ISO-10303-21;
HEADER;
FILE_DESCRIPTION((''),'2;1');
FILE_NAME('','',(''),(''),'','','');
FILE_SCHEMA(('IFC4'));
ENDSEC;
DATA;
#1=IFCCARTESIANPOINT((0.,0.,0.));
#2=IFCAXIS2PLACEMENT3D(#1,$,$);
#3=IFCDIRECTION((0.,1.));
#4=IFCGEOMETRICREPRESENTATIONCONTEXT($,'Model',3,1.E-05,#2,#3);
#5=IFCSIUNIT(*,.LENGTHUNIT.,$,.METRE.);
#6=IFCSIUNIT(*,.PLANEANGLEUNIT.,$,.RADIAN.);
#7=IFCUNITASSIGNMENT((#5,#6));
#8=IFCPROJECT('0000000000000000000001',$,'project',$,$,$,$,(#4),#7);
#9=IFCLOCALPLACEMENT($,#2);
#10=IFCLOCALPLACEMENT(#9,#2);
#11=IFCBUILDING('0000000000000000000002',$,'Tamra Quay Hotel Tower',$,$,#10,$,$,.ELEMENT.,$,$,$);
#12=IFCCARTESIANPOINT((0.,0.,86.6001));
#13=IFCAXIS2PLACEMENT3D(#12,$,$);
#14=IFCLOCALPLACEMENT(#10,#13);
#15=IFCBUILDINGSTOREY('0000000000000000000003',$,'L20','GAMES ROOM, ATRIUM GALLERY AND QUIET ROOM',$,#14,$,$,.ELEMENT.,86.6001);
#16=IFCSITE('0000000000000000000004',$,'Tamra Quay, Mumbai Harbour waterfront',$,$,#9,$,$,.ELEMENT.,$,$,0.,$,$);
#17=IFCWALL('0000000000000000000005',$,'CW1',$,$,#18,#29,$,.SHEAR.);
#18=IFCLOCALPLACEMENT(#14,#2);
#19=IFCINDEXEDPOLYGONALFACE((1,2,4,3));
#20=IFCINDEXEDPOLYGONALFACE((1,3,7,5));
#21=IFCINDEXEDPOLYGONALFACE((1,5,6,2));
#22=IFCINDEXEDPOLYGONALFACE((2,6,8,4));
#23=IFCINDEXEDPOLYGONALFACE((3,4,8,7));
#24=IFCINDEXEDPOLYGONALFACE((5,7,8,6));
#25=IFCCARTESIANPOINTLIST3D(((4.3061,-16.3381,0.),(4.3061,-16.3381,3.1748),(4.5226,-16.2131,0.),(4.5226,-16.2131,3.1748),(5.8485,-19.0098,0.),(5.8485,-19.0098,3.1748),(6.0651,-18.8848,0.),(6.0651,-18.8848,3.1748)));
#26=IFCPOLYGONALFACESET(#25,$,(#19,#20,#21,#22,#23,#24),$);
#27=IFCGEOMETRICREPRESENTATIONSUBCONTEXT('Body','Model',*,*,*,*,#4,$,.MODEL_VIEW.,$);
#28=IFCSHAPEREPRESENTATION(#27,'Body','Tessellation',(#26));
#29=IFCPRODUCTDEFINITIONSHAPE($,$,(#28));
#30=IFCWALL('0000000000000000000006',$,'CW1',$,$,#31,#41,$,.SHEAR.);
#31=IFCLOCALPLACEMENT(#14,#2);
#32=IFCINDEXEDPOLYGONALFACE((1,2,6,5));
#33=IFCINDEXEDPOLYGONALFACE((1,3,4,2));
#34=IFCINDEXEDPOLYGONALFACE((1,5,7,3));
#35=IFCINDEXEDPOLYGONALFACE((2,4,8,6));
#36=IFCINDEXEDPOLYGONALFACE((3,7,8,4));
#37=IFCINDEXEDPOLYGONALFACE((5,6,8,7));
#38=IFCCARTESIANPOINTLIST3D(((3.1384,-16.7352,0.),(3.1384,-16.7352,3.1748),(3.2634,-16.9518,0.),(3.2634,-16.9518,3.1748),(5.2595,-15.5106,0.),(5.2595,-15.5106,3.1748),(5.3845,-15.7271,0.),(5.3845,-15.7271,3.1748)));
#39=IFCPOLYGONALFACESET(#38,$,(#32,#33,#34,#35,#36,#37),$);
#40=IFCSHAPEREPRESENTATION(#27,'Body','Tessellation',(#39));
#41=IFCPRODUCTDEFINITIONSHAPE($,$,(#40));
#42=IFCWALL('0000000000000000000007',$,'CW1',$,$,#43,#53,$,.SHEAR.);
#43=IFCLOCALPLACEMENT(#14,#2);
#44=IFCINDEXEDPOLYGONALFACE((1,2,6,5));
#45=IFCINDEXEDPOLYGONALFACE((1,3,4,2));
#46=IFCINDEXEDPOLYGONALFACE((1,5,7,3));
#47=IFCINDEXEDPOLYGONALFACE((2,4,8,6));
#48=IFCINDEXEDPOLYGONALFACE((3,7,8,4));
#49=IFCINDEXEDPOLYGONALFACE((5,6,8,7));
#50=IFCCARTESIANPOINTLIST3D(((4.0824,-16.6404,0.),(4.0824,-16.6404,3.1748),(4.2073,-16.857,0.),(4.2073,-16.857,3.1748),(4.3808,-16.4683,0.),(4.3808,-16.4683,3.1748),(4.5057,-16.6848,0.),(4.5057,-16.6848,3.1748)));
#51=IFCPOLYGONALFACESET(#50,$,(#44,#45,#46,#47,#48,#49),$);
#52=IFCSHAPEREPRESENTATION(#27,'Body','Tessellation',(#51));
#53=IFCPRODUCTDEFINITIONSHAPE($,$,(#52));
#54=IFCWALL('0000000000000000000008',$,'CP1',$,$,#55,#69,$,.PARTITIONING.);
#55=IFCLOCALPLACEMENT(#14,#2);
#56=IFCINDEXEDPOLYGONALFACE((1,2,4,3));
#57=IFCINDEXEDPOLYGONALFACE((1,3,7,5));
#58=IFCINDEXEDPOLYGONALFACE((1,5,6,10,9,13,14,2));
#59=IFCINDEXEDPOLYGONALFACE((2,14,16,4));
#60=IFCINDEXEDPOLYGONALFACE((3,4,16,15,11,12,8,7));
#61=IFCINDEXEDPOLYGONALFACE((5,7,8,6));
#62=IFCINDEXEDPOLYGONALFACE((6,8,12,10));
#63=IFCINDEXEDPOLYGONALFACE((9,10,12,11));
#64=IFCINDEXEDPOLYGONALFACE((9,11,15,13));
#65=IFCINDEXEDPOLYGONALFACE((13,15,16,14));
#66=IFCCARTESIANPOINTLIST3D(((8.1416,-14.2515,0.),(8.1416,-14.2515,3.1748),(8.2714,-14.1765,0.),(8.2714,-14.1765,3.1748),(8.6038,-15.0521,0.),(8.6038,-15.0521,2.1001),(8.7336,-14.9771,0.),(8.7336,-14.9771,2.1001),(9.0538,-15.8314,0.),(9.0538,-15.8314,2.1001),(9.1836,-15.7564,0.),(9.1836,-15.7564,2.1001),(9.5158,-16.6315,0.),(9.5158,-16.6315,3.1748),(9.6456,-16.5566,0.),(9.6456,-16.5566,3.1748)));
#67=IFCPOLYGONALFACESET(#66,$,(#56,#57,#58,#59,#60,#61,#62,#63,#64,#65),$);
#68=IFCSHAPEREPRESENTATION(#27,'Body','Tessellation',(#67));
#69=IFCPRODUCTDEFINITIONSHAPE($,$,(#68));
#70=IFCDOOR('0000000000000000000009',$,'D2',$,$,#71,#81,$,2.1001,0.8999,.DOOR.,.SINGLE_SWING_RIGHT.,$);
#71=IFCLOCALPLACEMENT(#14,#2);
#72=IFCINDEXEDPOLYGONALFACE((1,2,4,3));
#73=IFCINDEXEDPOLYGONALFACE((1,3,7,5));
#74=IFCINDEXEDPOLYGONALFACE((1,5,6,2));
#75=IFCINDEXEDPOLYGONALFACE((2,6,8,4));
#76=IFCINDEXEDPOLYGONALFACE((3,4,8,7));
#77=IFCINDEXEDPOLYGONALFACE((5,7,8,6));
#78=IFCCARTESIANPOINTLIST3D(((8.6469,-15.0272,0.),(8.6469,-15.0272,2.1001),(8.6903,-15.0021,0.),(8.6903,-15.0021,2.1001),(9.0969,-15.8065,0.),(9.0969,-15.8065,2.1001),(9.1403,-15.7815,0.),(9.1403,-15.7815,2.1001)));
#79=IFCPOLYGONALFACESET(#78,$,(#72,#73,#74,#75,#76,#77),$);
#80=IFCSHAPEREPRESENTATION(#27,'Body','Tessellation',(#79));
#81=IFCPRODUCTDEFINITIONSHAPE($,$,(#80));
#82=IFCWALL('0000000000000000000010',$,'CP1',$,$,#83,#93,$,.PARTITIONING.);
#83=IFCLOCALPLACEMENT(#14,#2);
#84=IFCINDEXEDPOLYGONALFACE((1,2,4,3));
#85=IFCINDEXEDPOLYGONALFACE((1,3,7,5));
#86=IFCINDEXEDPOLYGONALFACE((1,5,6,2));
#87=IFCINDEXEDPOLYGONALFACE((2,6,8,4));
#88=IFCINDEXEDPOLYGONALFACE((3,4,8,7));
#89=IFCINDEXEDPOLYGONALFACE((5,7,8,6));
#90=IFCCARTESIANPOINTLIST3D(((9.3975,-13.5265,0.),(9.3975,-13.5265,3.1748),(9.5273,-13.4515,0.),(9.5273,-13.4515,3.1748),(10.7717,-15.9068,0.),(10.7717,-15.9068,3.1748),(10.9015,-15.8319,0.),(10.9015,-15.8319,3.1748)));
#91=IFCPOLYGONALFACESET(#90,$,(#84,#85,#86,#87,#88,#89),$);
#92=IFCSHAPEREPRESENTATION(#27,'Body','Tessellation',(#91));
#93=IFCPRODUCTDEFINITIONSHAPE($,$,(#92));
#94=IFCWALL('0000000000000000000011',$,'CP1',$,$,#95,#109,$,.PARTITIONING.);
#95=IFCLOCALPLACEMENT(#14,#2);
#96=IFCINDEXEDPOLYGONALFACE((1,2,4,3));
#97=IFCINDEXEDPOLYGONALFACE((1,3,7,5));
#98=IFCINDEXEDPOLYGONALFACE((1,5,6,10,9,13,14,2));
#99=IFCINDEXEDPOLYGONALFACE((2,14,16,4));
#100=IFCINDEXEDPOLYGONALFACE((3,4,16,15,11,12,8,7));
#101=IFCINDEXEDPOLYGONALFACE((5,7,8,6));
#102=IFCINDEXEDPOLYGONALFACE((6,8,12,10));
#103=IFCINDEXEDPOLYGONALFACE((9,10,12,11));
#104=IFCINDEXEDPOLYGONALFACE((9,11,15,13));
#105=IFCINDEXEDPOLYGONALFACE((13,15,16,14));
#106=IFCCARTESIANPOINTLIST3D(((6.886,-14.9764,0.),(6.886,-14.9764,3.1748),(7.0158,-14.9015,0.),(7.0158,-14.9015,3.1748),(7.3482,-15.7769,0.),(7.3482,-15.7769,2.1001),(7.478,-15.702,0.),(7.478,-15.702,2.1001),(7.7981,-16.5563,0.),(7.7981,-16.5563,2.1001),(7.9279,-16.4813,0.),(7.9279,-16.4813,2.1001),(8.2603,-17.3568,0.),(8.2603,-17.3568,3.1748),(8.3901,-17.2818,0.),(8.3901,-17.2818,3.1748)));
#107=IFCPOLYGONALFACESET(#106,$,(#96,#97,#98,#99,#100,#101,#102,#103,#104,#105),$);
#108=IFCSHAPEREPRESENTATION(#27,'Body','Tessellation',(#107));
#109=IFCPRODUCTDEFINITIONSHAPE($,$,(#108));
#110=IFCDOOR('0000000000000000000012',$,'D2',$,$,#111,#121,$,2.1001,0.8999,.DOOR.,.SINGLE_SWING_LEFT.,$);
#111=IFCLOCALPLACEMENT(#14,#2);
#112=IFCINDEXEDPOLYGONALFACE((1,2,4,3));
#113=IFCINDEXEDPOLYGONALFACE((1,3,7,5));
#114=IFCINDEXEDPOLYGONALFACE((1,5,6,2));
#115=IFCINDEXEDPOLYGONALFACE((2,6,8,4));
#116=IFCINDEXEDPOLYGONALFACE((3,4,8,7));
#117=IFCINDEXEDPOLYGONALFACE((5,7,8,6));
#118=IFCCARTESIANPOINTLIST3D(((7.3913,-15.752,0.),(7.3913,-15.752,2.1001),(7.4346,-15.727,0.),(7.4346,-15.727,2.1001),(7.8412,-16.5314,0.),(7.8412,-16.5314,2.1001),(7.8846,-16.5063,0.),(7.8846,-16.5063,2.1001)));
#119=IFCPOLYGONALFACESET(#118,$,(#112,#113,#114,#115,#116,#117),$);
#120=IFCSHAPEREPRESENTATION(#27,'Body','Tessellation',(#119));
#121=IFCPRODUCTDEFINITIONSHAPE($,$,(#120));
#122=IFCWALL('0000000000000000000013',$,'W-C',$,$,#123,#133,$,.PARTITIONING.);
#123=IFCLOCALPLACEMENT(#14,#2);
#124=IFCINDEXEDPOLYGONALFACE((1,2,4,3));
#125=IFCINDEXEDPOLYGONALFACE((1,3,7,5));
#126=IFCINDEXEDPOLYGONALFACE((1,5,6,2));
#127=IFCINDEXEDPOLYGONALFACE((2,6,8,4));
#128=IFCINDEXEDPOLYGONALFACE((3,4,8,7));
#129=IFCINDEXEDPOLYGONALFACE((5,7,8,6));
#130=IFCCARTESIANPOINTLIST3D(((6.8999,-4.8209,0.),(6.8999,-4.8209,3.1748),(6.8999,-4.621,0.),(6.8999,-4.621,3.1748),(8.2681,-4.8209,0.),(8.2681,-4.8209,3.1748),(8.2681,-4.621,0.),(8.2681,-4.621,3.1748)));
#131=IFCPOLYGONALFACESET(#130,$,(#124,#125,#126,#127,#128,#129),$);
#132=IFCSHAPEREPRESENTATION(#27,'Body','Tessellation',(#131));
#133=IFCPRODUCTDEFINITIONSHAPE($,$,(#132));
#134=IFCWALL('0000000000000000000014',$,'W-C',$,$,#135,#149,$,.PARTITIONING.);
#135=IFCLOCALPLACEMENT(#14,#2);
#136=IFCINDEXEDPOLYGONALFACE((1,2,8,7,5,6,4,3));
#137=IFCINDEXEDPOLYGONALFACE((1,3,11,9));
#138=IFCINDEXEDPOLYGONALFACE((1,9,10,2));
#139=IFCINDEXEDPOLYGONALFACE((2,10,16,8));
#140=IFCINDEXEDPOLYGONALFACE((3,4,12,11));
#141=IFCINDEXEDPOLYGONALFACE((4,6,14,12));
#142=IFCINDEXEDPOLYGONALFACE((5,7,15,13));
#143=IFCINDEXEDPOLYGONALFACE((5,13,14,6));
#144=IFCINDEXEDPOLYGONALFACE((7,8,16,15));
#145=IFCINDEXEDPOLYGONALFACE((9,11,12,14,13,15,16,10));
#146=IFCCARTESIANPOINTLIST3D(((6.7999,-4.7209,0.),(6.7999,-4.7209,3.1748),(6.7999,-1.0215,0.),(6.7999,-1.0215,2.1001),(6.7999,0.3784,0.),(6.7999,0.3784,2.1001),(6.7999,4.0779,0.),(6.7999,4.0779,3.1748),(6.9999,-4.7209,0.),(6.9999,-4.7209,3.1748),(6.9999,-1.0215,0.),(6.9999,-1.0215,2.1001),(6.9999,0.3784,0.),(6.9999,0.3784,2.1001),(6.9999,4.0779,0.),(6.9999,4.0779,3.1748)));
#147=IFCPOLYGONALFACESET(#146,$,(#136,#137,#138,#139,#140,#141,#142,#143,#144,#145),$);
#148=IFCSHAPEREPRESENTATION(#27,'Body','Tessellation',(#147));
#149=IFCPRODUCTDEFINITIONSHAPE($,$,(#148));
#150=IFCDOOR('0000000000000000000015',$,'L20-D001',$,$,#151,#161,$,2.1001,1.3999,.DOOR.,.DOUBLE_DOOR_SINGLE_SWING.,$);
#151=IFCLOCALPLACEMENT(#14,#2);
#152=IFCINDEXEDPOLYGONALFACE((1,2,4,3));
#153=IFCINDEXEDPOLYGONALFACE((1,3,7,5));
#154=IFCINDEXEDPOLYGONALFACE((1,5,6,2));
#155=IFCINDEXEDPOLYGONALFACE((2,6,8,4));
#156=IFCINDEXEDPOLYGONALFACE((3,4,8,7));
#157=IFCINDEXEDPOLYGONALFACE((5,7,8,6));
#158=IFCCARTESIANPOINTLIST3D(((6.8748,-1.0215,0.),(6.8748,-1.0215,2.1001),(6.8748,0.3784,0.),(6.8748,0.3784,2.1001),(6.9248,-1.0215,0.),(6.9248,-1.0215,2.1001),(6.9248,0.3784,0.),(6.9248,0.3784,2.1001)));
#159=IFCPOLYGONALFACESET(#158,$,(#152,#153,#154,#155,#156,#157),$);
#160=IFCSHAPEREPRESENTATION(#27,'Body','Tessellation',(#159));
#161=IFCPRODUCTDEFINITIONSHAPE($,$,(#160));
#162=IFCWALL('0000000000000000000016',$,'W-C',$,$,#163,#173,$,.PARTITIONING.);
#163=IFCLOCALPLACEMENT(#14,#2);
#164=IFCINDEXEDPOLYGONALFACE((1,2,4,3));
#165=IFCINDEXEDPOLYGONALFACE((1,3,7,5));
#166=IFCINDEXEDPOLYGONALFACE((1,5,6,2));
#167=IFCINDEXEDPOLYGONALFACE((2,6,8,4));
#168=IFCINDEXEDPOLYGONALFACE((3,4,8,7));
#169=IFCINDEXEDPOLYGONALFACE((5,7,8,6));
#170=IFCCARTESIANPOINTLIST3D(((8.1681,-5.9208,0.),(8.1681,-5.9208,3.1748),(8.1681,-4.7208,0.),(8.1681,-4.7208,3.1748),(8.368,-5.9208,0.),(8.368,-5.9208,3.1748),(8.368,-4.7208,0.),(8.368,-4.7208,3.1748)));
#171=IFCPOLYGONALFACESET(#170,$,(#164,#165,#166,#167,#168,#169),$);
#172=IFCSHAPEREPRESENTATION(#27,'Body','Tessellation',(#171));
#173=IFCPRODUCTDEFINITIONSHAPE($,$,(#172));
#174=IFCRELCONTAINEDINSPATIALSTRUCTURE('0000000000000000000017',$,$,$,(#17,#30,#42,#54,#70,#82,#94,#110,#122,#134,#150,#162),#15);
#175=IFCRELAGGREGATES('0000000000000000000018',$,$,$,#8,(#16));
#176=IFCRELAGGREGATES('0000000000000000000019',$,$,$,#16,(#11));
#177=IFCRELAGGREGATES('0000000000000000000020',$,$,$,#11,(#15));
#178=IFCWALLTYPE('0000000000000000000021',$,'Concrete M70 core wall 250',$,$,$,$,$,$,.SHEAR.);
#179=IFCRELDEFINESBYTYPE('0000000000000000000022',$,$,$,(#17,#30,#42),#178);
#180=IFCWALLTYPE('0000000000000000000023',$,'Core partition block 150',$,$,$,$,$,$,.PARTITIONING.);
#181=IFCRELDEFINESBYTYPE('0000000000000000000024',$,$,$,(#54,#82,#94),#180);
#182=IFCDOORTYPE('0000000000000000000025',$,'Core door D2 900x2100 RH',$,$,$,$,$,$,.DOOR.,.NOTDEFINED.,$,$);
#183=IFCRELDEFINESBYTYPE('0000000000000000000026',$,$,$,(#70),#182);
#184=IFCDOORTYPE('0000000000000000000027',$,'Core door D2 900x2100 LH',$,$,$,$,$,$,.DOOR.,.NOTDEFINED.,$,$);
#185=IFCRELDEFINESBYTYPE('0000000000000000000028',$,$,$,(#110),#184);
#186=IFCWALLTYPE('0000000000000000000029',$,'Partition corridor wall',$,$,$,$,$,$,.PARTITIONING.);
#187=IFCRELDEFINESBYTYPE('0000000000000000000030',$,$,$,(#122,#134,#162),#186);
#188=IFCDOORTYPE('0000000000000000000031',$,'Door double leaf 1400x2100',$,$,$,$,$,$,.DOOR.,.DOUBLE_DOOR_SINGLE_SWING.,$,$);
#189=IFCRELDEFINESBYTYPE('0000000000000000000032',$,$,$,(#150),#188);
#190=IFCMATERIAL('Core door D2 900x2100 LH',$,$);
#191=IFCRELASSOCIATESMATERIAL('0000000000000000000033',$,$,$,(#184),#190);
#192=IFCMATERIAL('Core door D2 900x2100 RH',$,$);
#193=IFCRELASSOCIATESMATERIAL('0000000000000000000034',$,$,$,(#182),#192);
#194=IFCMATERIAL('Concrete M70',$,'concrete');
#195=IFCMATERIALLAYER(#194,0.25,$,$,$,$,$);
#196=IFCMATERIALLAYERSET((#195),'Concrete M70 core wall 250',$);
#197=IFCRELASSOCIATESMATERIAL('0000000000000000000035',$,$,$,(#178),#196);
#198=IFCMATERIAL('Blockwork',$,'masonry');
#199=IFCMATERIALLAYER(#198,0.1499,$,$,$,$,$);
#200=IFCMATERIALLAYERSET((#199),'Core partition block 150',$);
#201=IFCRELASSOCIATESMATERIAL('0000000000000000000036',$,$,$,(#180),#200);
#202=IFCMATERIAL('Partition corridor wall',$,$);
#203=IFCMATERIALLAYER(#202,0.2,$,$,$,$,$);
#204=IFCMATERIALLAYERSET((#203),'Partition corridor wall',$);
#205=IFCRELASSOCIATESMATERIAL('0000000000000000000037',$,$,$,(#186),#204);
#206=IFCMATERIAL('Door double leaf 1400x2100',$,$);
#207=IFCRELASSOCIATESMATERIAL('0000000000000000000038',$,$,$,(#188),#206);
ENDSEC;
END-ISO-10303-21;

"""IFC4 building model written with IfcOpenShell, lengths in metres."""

from ifc_helpers import new_model, si_unit, direction, frame, frame_2d, origin, place, context, subcontext, project, spatial, rectangle, extrude, material, layer, layer_set, type_object, element, fill, save


model = new_model("IFC4")

# Units and contexts
model_context = context("Model", 3, precision=1e-05, world=origin(), true_north=direction((0.0, 1.0)))
body_context = subcontext(model_context, "Body", "Model", "MODEL_VIEW")
ifc_project = project(units=[si_unit("LENGTHUNIT", "METRE"), si_unit("PLANEANGLEUNIT", "RADIAN")], contexts=[model_context])

# Site, building, storey
site_placement = place(None, origin())
site = spatial("IfcSite", under=ifc_project, at=site_placement, Name="Tamra Quay, Mumbai Harbour waterfront", CompositionType="ELEMENT", RefElevation=0.0)
building_placement = place(site_placement, origin())
building = spatial("IfcBuilding", under=site, at=building_placement, Name="Tamra Quay Hotel Tower", CompositionType="ELEMENT")
storey_placement = place(building_placement, frame((0.0, 0.0, 86.6001)))
storey = spatial("IfcBuildingStorey", under=building, at=storey_placement, Name="L20", Description="GAMES ROOM, ATRIUM GALLERY AND QUIET ROOM", CompositionType="ELEMENT", Elevation=86.6001)

# Shared definitions
ifc_material_1 = material(Name="Concrete M70", Category="concrete")

# Shared definitions
ifc_material_2 = material(Name="Core door D2 900x2100 LH")
door_type_1 = type_object("IfcDoorType", Name="Core door D2 900x2100 LH", OperationType="NOTDEFINED", PredefinedType="DOOR", material=ifc_material_2)
ifc_material_3 = material(Name="Core door D2 900x2100 RH")
door_type_2 = type_object("IfcDoorType", Name="Core door D2 900x2100 RH", OperationType="NOTDEFINED", PredefinedType="DOOR", material=ifc_material_3)

# Walls
ifc_layer_1 = layer(ifc_material_1, 0.25)
ifc_layer_set_1 = layer_set([ifc_layer_1], Name="Concrete M70 core wall 250")
wall_type_1 = type_object("IfcWallType", Name="Concrete M70 core wall 250", PredefinedType="SHEAR", material=ifc_layer_set_1)
wall_1_placement = place(storey_placement, frame((4.4143, -16.2756, 0.0), z_axis=(0.0, 0.0, 1.0), x_axis=(0.500003, -0.866023, 0.0)))
element("IfcWall", 1, at=wall_1_placement, inside=storey, type_object=wall_type_1, Name="CW1", PredefinedType="SHEAR", context=body_context, shape_type="SweptSolid", body=[
    extrude(rectangle(XDim=3.085, YDim=0.25, at=frame_2d((1.5425, 0.0))), origin(), (0.0, 0.0, 1.0), 3.1748),
])
wall_2_placement = place(storey_placement, frame((5.322, -15.6189, 0.0), z_axis=(0.0, 0.0, 1.0), x_axis=(-0.866026, -0.499999, 0.0)))
element("IfcWall", 2, at=wall_2_placement, inside=storey, type_object=wall_type_1, Name="CW1", PredefinedType="SHEAR", context=body_context, shape_type="SweptSolid", body=[
    extrude(rectangle(XDim=2.4492, YDim=0.25, at=frame_2d((1.2246, 0.0))), origin(), (0.0, 0.0, 1.0), 3.1748),
])
wall_3_placement = place(storey_placement, frame((4.1448, -16.7488, 0.0), z_axis=(0.0, 0.0, 1.0), x_axis=(0.866186, 0.499722, 0.0)))
element("IfcWall", 3, at=wall_3_placement, inside=storey, type_object=wall_type_1, Name="CW1", PredefinedType="SHEAR", context=body_context, shape_type="SweptSolid", body=[
    extrude(rectangle(XDim=0.3445, YDim=0.25, at=frame_2d((0.1724, 0.0))), origin(), (0.0, 0.0, 1.0), 3.1748),
])

# Wall, opening, door
ifc_material_4 = material(Name="Blockwork", Category="masonry")
ifc_layer_2 = layer(ifc_material_4, 0.1499)
ifc_layer_set_2 = layer_set([ifc_layer_2], Name="Core partition block 150")
wall_type_2 = type_object("IfcWallType", Name="Core partition block 150", PredefinedType="PARTITIONING", material=ifc_layer_set_2)
wall_4_placement = place(storey_placement, frame((8.2065, -14.2141, 0.0), z_axis=(0.0, 0.0, 1.0), x_axis=(0.500027, -0.86601, 0.0)))
wall_4 = element("IfcWall", 4, at=wall_4_placement, inside=storey, type_object=wall_type_2, Name="CP1", PredefinedType="PARTITIONING", context=body_context, shape_type="SweptSolid", body=[
    extrude(rectangle(XDim=2.7483, YDim=0.1499, at=frame_2d((1.374, 0.0))), origin(), (0.0, 0.0, 1.0), 3.1748),
])
opening_1_placement = place(wall_4_placement, frame((0.9243, 0.0, 0.0)))
opening_1 = element("IfcOpeningElement", 5, at=opening_1_placement, cuts=wall_4, PredefinedType="OPENING", context=body_context, shape_type="SweptSolid", body=[
    extrude(rectangle(XDim=0.8999, YDim=2.1001, at=frame_2d((0.45, 1.05))), frame((0.0, 0.085, 0.0), z_axis=(0.0, -1.0, 0.0), x_axis=(1.0, 0.0, 0.0)), (0.0, 0.0, 1.0), 0.1699),
])
door_1_placement = place(opening_1_placement, origin())
door_1 = element("IfcDoor", 6, at=door_1_placement, inside=storey, type_object=door_type_2, Name="D2", OperationType="SINGLE_SWING_RIGHT", OverallHeight=2.1001, OverallWidth=0.8999, PredefinedType="DOOR", context=body_context, shape_type="SweptSolid", body=[
    extrude(rectangle(XDim=0.8999, YDim=2.1001, at=frame_2d((0.45, 1.05))), frame((0.0, 0.0249, 0.0), z_axis=(0.0, -1.0, 0.0), x_axis=(1.0, 0.0, 0.0)), (0.0, 0.0, 1.0), 0.05),
])
fill(opening_1, door_1)

# Wall
wall_5_placement = place(storey_placement, frame((9.4624, -13.489, 0.0), z_axis=(0.0, 0.0, 1.0), x_axis=(0.499989, -0.866032, 0.0)))
element("IfcWall", 7, at=wall_5_placement, inside=storey, type_object=wall_type_2, Name="CP1", PredefinedType="PARTITIONING", context=body_context, shape_type="SweptSolid", body=[
    extrude(rectangle(XDim=2.7485, YDim=0.1499, at=frame_2d((1.3743, 0.0))), origin(), (0.0, 0.0, 1.0), 3.1748),
])

# Wall, opening, door
wall_6_placement = place(storey_placement, frame((6.9509, -14.939, 0.0), z_axis=(0.0, 0.0, 1.0), x_axis=(0.499989, -0.866032, 0.0)))
wall_6 = element("IfcWall", 8, at=wall_6_placement, inside=storey, type_object=wall_type_2, Name="CP1", PredefinedType="PARTITIONING", context=body_context, shape_type="SweptSolid", body=[
    extrude(rectangle(XDim=2.7485, YDim=0.1499, at=frame_2d((1.3743, 0.0))), origin(), (0.0, 0.0, 1.0), 3.1748),
])
opening_2_placement = place(wall_6_placement, frame((0.9243, 0.0, 0.0)))
opening_2 = element("IfcOpeningElement", 9, at=opening_2_placement, cuts=wall_6, PredefinedType="OPENING", context=body_context, shape_type="SweptSolid", body=[
    extrude(rectangle(XDim=0.8999, YDim=2.1001, at=frame_2d((0.45, 1.05))), frame((0.0, 0.085, 0.0), z_axis=(0.0, -1.0, 0.0), x_axis=(1.0, 0.0, 0.0)), (0.0, 0.0, 1.0), 0.1699),
])
door_2_placement = place(opening_2_placement, origin())
door_2 = element("IfcDoor", 10, at=door_2_placement, inside=storey, type_object=door_type_1, Name="D2", OperationType="SINGLE_SWING_LEFT", OverallHeight=2.1001, OverallWidth=0.8999, PredefinedType="DOOR", context=body_context, shape_type="SweptSolid", body=[
    extrude(rectangle(XDim=0.8999, YDim=2.1001, at=frame_2d((0.45, 1.05))), frame((0.0, 0.0249, 0.0), z_axis=(0.0, -1.0, 0.0), x_axis=(1.0, 0.0, 0.0)), (0.0, 0.0, 1.0), 0.05),
])
fill(opening_2, door_2)

# Wall
ifc_material_5 = material(Name="Partition corridor wall")
ifc_layer_3 = layer(ifc_material_5, 0.2)
ifc_layer_set_3 = layer_set([ifc_layer_3], Name="Partition corridor wall")
wall_type_3 = type_object("IfcWallType", Name="Partition corridor wall", PredefinedType="PARTITIONING", material=ifc_layer_set_3)
wall_7_placement = place(storey_placement, frame((6.8999, -4.7209, 0.0), z_axis=(0.0, 0.0, 1.0), x_axis=(1.0, 0.0, 0.0)))
element("IfcWall", 11, at=wall_7_placement, inside=storey, type_object=wall_type_3, Name="W-C", PredefinedType="PARTITIONING", context=body_context, shape_type="SweptSolid", body=[
    extrude(rectangle(XDim=1.3682, YDim=0.2, at=frame_2d((0.6841, 0.0))), origin(), (0.0, 0.0, 1.0), 3.1748),
])

# Wall, opening, door
wall_8_placement = place(storey_placement, frame((6.8999, -4.7209, 0.0), z_axis=(0.0, 0.0, 1.0), x_axis=(0.0, 1.0, 0.0)))
wall_8 = element("IfcWall", 12, at=wall_8_placement, inside=storey, type_object=wall_type_3, Name="W-C", PredefinedType="PARTITIONING", context=body_context, shape_type="SweptSolid", body=[
    extrude(rectangle(XDim=8.7988, YDim=0.2, at=frame_2d((4.3994, 0.0))), origin(), (0.0, 0.0, 1.0), 3.1748),
])
opening_3_placement = place(wall_8_placement, frame((3.6995, 0.0, 0.0)))
opening_3 = element("IfcOpeningElement", 13, at=opening_3_placement, cuts=wall_8, PredefinedType="OPENING", context=body_context, shape_type="SweptSolid", body=[
    extrude(rectangle(XDim=1.3999, YDim=2.1001, at=frame_2d((0.7, 1.05))), frame((0.0, 0.1099, 0.0), z_axis=(0.0, -1.0, 0.0), x_axis=(1.0, 0.0, 0.0)), (0.0, 0.0, 1.0), 0.22),
])
ifc_material_6 = material(Name="Door double leaf 1400x2100")
door_type_3 = type_object("IfcDoorType", Name="Door double leaf 1400x2100", OperationType="DOUBLE_DOOR_SINGLE_SWING", PredefinedType="DOOR", material=ifc_material_6)
door_3_placement = place(opening_3_placement, frame((1.3999, 0.0, 0.0), z_axis=(0.0, 0.0, 1.0), x_axis=(-1.0, 0.0, 0.0)))
door_3 = element("IfcDoor", 14, at=door_3_placement, inside=storey, type_object=door_type_3, Name="L20-D001", OperationType="DOUBLE_DOOR_SINGLE_SWING", OverallHeight=2.1001, OverallWidth=1.3999, PredefinedType="DOOR", context=body_context, shape_type="SweptSolid", body=[
    extrude(rectangle(XDim=1.3999, YDim=2.1001, at=frame_2d((0.7, 1.05))), frame((0.0, 0.0249, 0.0), z_axis=(0.0, -1.0, 0.0), x_axis=(1.0, 0.0, 0.0)), (0.0, 0.0, 1.0), 0.05),
])
fill(opening_3, door_3)

# Wall
wall_9_placement = place(storey_placement, frame((8.2681, -5.9209, 0.0), z_axis=(0.0, 0.0, 1.0), x_axis=(0.0, 1.0, 0.0)))
element("IfcWall", 15, at=wall_9_placement, inside=storey, type_object=wall_type_3, Name="W-C", PredefinedType="PARTITIONING", context=body_context, shape_type="SweptSolid", body=[
    extrude(rectangle(XDim=1.2, YDim=0.2, at=frame_2d((0.6001, 0.0))), origin(), (0.0, 0.0, 1.0), 3.1748),
])

save(model, "model.ifc")
